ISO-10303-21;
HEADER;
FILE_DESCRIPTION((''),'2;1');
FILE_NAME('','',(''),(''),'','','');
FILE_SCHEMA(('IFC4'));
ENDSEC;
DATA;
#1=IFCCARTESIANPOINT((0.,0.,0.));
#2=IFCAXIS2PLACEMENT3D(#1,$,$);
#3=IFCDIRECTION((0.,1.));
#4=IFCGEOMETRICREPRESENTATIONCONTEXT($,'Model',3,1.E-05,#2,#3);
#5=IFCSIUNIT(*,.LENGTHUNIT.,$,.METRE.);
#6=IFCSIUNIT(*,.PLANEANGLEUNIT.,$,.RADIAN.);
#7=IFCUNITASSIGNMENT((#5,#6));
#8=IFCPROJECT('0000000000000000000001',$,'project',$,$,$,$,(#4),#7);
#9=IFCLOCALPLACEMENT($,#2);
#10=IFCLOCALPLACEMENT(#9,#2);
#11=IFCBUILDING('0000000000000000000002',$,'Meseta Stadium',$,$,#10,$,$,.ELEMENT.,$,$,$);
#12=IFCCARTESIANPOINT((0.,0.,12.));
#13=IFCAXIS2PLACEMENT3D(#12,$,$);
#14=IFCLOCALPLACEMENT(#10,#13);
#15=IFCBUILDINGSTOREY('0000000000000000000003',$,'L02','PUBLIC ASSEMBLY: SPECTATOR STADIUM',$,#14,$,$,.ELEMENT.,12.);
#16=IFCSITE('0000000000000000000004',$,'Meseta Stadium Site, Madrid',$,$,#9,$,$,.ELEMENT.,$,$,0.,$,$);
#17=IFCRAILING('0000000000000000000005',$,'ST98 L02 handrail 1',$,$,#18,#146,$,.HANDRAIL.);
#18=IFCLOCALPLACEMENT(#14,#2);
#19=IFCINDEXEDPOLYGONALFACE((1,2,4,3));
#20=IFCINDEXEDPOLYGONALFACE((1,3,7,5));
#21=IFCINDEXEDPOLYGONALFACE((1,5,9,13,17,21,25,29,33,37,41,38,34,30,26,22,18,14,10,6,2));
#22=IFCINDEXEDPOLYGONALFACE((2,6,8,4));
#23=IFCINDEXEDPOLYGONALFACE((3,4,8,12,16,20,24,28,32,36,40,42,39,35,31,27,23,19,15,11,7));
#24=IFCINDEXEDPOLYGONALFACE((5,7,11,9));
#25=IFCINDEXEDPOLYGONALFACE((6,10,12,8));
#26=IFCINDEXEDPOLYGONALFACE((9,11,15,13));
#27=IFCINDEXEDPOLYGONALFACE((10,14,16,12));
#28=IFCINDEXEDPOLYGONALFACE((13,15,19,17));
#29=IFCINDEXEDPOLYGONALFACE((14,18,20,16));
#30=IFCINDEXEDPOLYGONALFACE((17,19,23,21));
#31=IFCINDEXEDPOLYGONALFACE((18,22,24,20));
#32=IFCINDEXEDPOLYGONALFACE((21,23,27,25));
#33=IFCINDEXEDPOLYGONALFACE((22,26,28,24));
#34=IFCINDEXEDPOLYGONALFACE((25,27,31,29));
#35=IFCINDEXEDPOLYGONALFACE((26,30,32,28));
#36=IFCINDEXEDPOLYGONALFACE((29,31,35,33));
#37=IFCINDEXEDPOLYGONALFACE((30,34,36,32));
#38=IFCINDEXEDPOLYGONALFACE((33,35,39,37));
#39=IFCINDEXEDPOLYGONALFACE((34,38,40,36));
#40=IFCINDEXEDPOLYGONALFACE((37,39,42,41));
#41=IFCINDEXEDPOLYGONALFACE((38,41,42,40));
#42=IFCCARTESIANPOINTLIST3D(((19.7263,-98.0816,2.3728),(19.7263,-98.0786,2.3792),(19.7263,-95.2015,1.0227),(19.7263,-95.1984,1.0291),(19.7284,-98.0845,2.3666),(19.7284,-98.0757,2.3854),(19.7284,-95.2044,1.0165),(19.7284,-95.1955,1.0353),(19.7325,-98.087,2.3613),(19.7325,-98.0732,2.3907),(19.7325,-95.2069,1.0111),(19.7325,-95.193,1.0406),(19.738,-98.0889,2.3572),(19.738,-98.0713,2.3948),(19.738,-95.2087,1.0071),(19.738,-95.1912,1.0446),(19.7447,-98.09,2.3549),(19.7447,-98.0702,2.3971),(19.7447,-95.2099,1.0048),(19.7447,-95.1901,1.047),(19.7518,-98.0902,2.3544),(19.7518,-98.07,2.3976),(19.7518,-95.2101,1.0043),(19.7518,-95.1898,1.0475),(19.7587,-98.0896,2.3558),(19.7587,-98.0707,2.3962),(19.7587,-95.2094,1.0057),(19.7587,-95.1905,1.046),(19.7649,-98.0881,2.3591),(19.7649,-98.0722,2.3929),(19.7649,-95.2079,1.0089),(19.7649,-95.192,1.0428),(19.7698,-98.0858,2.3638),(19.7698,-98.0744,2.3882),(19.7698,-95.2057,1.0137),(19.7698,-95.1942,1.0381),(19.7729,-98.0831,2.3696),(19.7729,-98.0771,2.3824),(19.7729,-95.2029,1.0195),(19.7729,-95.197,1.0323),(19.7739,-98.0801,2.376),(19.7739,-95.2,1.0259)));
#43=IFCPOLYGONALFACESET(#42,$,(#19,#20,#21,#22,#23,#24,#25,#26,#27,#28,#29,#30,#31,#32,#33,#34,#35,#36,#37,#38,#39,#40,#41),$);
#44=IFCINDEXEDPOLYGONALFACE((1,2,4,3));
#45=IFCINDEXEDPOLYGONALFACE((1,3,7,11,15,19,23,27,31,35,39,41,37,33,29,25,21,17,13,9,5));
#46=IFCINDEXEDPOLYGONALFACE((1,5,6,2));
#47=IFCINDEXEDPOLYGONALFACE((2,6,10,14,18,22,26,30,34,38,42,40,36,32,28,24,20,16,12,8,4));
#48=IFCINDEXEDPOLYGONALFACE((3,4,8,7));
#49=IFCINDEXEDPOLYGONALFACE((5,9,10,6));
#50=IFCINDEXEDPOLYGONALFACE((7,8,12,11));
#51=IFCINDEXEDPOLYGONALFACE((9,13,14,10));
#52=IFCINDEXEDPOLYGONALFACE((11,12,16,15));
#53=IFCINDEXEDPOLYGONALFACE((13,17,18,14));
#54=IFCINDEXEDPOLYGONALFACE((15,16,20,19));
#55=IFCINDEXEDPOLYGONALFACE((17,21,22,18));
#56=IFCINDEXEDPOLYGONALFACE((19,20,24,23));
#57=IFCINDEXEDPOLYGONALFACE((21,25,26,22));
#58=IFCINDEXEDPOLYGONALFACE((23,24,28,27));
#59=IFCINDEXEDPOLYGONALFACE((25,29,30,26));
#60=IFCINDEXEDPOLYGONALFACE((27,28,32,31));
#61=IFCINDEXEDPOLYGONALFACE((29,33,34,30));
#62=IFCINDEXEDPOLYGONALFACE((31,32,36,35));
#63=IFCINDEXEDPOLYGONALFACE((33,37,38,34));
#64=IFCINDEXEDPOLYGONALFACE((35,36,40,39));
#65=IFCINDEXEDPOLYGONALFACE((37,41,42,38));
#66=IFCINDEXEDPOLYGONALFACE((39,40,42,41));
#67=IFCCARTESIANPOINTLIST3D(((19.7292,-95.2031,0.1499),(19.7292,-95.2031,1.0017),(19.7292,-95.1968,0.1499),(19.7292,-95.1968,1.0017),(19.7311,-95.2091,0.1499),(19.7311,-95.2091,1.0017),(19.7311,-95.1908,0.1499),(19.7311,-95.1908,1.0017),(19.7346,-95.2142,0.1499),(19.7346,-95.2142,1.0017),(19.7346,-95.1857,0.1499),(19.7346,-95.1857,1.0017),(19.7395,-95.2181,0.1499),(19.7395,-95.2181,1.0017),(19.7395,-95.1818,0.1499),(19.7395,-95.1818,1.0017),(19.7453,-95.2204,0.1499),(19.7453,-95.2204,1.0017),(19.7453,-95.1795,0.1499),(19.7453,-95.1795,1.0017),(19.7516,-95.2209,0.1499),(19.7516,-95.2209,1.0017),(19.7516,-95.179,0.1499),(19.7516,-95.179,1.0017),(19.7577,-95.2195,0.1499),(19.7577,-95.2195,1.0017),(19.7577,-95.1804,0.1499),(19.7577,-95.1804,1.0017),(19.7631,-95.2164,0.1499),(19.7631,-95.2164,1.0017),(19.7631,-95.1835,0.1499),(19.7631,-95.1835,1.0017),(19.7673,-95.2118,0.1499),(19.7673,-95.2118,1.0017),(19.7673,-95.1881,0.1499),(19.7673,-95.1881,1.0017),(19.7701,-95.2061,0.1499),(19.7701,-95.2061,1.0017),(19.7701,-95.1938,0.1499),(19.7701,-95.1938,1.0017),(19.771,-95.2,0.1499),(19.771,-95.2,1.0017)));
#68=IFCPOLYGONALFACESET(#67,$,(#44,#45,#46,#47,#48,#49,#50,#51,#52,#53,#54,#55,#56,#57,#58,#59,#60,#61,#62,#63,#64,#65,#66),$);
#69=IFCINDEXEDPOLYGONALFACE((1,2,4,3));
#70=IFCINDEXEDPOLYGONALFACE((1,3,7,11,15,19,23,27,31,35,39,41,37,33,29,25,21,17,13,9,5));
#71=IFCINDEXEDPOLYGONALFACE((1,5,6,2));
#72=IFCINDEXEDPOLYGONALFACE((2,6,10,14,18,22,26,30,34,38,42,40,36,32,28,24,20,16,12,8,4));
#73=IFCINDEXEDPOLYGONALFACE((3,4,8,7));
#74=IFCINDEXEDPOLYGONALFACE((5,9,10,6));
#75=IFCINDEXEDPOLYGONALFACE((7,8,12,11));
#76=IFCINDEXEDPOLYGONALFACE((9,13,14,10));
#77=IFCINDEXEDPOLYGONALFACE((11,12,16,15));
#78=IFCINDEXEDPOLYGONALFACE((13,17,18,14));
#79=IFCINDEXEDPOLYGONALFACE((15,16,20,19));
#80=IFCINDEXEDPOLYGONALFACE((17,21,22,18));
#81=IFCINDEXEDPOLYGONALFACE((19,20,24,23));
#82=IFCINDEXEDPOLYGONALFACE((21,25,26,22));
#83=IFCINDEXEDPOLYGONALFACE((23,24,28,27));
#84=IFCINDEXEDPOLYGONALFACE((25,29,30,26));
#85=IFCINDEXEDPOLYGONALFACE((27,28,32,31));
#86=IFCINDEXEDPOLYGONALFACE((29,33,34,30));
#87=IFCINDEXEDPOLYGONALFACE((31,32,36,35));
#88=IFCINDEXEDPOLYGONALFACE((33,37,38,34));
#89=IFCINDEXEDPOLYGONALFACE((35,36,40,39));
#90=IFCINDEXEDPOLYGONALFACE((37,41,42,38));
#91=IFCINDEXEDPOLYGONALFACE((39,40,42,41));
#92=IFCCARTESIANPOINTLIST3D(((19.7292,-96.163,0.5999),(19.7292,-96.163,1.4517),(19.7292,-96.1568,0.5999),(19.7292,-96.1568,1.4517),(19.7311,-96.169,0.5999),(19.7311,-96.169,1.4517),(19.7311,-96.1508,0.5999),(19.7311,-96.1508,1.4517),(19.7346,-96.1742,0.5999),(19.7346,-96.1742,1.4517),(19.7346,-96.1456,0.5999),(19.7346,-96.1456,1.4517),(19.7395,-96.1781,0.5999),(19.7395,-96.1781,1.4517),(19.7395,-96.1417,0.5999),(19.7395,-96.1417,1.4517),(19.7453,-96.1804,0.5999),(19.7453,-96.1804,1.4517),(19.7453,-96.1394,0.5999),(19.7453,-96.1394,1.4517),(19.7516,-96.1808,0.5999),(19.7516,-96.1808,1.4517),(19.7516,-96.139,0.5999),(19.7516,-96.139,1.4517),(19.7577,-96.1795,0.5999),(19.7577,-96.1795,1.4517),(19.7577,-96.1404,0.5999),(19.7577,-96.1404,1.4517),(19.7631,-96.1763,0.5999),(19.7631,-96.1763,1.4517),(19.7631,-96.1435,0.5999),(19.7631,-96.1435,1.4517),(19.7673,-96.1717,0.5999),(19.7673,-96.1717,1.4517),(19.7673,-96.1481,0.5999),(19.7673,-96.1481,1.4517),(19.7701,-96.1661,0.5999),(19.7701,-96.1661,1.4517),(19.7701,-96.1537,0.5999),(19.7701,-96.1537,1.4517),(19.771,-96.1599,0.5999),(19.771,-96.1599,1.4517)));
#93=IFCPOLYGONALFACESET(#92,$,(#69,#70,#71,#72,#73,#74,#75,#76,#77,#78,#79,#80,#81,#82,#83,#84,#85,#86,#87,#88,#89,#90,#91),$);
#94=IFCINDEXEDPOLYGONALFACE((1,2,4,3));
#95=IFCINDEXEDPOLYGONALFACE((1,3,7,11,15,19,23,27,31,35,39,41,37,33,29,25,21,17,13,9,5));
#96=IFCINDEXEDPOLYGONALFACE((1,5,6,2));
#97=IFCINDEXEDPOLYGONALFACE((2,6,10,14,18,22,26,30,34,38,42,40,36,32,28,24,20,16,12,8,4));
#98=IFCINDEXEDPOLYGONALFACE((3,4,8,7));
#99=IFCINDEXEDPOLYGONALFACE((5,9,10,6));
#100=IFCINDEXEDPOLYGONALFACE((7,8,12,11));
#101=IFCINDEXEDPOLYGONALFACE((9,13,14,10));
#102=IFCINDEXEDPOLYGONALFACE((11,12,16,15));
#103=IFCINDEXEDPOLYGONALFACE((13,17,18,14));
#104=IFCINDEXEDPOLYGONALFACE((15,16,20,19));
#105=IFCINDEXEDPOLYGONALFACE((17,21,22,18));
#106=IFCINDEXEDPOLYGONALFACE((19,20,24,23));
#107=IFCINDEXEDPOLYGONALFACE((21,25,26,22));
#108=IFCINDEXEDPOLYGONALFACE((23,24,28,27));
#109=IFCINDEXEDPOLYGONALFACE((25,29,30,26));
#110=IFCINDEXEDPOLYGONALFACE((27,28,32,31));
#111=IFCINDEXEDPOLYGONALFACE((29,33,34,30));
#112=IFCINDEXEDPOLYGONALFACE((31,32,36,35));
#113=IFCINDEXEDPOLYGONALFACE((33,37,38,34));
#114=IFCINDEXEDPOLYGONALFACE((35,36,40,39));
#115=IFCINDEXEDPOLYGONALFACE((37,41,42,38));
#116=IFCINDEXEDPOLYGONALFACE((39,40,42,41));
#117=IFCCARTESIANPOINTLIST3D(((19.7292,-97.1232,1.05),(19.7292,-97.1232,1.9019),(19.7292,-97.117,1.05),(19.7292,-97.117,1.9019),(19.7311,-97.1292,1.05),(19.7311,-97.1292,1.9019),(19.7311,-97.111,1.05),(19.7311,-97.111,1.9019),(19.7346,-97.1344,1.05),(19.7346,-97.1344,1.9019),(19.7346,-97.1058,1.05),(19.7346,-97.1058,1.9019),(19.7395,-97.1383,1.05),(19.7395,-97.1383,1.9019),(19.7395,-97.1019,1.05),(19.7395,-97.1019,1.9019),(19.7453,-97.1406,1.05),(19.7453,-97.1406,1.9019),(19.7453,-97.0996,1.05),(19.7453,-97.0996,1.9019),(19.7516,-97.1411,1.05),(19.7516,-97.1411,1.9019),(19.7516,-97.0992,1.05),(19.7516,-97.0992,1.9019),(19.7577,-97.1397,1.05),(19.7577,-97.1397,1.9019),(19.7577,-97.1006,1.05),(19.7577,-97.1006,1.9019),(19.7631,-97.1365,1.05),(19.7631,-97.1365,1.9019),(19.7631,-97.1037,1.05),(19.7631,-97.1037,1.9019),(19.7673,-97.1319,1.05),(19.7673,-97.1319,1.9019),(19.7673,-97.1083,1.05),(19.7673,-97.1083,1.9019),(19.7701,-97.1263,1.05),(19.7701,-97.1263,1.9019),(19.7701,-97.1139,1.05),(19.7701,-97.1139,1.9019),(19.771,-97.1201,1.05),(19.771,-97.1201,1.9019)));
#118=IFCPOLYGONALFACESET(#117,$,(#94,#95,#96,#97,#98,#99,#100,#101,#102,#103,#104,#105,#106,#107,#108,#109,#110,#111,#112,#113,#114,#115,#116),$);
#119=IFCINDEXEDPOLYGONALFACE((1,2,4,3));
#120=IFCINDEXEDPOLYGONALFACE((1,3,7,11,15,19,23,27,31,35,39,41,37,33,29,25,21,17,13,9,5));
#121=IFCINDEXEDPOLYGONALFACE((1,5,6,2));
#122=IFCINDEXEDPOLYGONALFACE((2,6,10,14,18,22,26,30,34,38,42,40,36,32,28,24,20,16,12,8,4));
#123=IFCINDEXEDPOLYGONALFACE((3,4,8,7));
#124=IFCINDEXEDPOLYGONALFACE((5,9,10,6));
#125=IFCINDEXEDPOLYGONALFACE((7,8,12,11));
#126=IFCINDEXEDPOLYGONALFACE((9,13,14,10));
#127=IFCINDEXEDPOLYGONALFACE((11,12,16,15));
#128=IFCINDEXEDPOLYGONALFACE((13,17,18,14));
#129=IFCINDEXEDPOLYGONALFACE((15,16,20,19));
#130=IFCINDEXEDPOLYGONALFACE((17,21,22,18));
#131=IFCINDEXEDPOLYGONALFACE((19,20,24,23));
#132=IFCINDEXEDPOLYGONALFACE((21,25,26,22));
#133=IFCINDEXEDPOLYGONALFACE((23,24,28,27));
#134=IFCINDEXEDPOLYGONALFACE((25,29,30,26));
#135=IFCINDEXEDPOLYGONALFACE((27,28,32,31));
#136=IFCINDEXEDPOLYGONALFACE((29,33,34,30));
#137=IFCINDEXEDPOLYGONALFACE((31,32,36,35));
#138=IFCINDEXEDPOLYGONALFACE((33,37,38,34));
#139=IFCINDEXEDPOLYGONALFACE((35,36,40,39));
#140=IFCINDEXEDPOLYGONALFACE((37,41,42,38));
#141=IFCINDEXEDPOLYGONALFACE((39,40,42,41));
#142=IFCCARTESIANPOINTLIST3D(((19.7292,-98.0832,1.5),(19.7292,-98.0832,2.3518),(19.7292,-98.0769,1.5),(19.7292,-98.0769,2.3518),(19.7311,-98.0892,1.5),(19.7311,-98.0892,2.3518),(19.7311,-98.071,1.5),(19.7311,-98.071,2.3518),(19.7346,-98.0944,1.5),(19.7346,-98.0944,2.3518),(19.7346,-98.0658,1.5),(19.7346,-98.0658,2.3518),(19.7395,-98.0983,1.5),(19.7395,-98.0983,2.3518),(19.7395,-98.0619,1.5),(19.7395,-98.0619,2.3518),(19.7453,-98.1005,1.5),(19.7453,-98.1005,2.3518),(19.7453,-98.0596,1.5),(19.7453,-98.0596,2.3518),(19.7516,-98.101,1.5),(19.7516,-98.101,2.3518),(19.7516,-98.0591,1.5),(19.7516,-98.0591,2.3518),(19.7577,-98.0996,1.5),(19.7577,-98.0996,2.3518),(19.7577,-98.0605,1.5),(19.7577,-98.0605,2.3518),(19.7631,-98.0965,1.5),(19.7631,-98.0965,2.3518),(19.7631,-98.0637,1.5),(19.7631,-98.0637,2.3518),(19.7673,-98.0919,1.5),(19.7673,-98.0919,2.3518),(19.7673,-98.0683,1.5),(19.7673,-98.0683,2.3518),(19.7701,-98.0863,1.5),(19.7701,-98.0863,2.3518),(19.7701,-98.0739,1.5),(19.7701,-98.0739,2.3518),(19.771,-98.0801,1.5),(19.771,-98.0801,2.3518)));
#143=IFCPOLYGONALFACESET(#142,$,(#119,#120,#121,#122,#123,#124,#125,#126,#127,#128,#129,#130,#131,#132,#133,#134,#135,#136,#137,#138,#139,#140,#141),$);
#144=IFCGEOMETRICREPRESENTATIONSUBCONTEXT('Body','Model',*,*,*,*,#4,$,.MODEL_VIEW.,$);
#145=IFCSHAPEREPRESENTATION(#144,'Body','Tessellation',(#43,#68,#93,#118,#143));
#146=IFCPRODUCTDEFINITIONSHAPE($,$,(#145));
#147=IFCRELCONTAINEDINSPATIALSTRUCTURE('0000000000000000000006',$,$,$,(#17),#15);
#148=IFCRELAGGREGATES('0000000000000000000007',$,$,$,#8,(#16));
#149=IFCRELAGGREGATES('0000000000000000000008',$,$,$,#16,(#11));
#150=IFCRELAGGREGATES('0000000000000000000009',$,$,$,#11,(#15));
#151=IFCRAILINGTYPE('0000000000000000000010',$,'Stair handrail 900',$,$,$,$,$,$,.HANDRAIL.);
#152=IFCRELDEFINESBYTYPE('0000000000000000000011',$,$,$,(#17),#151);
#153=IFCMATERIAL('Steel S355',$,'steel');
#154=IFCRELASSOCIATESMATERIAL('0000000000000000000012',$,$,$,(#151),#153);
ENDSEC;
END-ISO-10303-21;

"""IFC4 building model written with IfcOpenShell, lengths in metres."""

from ifc_helpers import new_model, si_unit, direction, frame, origin, origin_2d, place, context, subcontext, project, spatial, circle, extrude, material, type_object, element, save


model = new_model("IFC4")

# Units and contexts
model_context = context("Model", 3, precision=1e-05, world=origin(), true_north=direction((0.0, 1.0)))
body_context = subcontext(model_context, "Body", "Model", "MODEL_VIEW")
ifc_project = project(units=[si_unit("LENGTHUNIT", "METRE"), si_unit("PLANEANGLEUNIT", "RADIAN")], contexts=[model_context])

# Site, building, storey
site_placement = place(None, origin())
site = spatial("IfcSite", under=ifc_project, at=site_placement, Name="Meseta Stadium Site, Madrid", CompositionType="ELEMENT", RefElevation=0.0)
building_placement = place(site_placement, origin())
building = spatial("IfcBuilding", under=site, at=building_placement, Name="Meseta Stadium", CompositionType="ELEMENT")
storey_placement = place(building_placement, frame((0.0, 0.0, 12.0)))
storey = spatial("IfcBuildingStorey", under=building, at=storey_placement, Name="L02", Description="PUBLIC ASSEMBLY: SPECTATOR STADIUM", CompositionType="ELEMENT", Elevation=12.0)

# Railing
ifc_material_1 = material(Name="Steel S355", Category="steel")
railing_type_1 = type_object("IfcRailingType", Name="Stair handrail 900", PredefinedType="HANDRAIL", material=ifc_material_1)
railing_1_placement = place(storey_placement, frame((19.75, -95.2, 0.1499)))
element("IfcRailing", 1, at=railing_1_placement, inside=storey, type_object=railing_type_1, Name="ST98 L02 handrail 1", PredefinedType="HANDRAIL", context=body_context, shape_type="SweptSolid", body=[
    extrude(circle(Radius=0.0239, at=origin_2d()), frame((0.0, 0.0, 0.876), z_axis=(0.0, -0.905454, 0.424444), x_axis=(1.0, 0.0, 0.0)), (0.0, 0.0, 1.0), 3.1809),
    extrude(circle(Radius=0.021, at=origin_2d()), origin(), (0.0, 0.0, 1.0), 0.8518),
    extrude(circle(Radius=0.021, at=origin_2d()), frame((0.0, -0.96, 0.45)), (0.0, 0.0, 1.0), 0.8518),
    extrude(circle(Radius=0.021, at=origin_2d()), frame((0.0, -1.9202, 0.9001)), (0.0, 0.0, 1.0), 0.8518),
    extrude(circle(Radius=0.021, at=origin_2d()), frame((0.0, -2.8801, 1.3501)), (0.0, 0.0, 1.0), 0.8518),
])

save(model, "model.ifc")
